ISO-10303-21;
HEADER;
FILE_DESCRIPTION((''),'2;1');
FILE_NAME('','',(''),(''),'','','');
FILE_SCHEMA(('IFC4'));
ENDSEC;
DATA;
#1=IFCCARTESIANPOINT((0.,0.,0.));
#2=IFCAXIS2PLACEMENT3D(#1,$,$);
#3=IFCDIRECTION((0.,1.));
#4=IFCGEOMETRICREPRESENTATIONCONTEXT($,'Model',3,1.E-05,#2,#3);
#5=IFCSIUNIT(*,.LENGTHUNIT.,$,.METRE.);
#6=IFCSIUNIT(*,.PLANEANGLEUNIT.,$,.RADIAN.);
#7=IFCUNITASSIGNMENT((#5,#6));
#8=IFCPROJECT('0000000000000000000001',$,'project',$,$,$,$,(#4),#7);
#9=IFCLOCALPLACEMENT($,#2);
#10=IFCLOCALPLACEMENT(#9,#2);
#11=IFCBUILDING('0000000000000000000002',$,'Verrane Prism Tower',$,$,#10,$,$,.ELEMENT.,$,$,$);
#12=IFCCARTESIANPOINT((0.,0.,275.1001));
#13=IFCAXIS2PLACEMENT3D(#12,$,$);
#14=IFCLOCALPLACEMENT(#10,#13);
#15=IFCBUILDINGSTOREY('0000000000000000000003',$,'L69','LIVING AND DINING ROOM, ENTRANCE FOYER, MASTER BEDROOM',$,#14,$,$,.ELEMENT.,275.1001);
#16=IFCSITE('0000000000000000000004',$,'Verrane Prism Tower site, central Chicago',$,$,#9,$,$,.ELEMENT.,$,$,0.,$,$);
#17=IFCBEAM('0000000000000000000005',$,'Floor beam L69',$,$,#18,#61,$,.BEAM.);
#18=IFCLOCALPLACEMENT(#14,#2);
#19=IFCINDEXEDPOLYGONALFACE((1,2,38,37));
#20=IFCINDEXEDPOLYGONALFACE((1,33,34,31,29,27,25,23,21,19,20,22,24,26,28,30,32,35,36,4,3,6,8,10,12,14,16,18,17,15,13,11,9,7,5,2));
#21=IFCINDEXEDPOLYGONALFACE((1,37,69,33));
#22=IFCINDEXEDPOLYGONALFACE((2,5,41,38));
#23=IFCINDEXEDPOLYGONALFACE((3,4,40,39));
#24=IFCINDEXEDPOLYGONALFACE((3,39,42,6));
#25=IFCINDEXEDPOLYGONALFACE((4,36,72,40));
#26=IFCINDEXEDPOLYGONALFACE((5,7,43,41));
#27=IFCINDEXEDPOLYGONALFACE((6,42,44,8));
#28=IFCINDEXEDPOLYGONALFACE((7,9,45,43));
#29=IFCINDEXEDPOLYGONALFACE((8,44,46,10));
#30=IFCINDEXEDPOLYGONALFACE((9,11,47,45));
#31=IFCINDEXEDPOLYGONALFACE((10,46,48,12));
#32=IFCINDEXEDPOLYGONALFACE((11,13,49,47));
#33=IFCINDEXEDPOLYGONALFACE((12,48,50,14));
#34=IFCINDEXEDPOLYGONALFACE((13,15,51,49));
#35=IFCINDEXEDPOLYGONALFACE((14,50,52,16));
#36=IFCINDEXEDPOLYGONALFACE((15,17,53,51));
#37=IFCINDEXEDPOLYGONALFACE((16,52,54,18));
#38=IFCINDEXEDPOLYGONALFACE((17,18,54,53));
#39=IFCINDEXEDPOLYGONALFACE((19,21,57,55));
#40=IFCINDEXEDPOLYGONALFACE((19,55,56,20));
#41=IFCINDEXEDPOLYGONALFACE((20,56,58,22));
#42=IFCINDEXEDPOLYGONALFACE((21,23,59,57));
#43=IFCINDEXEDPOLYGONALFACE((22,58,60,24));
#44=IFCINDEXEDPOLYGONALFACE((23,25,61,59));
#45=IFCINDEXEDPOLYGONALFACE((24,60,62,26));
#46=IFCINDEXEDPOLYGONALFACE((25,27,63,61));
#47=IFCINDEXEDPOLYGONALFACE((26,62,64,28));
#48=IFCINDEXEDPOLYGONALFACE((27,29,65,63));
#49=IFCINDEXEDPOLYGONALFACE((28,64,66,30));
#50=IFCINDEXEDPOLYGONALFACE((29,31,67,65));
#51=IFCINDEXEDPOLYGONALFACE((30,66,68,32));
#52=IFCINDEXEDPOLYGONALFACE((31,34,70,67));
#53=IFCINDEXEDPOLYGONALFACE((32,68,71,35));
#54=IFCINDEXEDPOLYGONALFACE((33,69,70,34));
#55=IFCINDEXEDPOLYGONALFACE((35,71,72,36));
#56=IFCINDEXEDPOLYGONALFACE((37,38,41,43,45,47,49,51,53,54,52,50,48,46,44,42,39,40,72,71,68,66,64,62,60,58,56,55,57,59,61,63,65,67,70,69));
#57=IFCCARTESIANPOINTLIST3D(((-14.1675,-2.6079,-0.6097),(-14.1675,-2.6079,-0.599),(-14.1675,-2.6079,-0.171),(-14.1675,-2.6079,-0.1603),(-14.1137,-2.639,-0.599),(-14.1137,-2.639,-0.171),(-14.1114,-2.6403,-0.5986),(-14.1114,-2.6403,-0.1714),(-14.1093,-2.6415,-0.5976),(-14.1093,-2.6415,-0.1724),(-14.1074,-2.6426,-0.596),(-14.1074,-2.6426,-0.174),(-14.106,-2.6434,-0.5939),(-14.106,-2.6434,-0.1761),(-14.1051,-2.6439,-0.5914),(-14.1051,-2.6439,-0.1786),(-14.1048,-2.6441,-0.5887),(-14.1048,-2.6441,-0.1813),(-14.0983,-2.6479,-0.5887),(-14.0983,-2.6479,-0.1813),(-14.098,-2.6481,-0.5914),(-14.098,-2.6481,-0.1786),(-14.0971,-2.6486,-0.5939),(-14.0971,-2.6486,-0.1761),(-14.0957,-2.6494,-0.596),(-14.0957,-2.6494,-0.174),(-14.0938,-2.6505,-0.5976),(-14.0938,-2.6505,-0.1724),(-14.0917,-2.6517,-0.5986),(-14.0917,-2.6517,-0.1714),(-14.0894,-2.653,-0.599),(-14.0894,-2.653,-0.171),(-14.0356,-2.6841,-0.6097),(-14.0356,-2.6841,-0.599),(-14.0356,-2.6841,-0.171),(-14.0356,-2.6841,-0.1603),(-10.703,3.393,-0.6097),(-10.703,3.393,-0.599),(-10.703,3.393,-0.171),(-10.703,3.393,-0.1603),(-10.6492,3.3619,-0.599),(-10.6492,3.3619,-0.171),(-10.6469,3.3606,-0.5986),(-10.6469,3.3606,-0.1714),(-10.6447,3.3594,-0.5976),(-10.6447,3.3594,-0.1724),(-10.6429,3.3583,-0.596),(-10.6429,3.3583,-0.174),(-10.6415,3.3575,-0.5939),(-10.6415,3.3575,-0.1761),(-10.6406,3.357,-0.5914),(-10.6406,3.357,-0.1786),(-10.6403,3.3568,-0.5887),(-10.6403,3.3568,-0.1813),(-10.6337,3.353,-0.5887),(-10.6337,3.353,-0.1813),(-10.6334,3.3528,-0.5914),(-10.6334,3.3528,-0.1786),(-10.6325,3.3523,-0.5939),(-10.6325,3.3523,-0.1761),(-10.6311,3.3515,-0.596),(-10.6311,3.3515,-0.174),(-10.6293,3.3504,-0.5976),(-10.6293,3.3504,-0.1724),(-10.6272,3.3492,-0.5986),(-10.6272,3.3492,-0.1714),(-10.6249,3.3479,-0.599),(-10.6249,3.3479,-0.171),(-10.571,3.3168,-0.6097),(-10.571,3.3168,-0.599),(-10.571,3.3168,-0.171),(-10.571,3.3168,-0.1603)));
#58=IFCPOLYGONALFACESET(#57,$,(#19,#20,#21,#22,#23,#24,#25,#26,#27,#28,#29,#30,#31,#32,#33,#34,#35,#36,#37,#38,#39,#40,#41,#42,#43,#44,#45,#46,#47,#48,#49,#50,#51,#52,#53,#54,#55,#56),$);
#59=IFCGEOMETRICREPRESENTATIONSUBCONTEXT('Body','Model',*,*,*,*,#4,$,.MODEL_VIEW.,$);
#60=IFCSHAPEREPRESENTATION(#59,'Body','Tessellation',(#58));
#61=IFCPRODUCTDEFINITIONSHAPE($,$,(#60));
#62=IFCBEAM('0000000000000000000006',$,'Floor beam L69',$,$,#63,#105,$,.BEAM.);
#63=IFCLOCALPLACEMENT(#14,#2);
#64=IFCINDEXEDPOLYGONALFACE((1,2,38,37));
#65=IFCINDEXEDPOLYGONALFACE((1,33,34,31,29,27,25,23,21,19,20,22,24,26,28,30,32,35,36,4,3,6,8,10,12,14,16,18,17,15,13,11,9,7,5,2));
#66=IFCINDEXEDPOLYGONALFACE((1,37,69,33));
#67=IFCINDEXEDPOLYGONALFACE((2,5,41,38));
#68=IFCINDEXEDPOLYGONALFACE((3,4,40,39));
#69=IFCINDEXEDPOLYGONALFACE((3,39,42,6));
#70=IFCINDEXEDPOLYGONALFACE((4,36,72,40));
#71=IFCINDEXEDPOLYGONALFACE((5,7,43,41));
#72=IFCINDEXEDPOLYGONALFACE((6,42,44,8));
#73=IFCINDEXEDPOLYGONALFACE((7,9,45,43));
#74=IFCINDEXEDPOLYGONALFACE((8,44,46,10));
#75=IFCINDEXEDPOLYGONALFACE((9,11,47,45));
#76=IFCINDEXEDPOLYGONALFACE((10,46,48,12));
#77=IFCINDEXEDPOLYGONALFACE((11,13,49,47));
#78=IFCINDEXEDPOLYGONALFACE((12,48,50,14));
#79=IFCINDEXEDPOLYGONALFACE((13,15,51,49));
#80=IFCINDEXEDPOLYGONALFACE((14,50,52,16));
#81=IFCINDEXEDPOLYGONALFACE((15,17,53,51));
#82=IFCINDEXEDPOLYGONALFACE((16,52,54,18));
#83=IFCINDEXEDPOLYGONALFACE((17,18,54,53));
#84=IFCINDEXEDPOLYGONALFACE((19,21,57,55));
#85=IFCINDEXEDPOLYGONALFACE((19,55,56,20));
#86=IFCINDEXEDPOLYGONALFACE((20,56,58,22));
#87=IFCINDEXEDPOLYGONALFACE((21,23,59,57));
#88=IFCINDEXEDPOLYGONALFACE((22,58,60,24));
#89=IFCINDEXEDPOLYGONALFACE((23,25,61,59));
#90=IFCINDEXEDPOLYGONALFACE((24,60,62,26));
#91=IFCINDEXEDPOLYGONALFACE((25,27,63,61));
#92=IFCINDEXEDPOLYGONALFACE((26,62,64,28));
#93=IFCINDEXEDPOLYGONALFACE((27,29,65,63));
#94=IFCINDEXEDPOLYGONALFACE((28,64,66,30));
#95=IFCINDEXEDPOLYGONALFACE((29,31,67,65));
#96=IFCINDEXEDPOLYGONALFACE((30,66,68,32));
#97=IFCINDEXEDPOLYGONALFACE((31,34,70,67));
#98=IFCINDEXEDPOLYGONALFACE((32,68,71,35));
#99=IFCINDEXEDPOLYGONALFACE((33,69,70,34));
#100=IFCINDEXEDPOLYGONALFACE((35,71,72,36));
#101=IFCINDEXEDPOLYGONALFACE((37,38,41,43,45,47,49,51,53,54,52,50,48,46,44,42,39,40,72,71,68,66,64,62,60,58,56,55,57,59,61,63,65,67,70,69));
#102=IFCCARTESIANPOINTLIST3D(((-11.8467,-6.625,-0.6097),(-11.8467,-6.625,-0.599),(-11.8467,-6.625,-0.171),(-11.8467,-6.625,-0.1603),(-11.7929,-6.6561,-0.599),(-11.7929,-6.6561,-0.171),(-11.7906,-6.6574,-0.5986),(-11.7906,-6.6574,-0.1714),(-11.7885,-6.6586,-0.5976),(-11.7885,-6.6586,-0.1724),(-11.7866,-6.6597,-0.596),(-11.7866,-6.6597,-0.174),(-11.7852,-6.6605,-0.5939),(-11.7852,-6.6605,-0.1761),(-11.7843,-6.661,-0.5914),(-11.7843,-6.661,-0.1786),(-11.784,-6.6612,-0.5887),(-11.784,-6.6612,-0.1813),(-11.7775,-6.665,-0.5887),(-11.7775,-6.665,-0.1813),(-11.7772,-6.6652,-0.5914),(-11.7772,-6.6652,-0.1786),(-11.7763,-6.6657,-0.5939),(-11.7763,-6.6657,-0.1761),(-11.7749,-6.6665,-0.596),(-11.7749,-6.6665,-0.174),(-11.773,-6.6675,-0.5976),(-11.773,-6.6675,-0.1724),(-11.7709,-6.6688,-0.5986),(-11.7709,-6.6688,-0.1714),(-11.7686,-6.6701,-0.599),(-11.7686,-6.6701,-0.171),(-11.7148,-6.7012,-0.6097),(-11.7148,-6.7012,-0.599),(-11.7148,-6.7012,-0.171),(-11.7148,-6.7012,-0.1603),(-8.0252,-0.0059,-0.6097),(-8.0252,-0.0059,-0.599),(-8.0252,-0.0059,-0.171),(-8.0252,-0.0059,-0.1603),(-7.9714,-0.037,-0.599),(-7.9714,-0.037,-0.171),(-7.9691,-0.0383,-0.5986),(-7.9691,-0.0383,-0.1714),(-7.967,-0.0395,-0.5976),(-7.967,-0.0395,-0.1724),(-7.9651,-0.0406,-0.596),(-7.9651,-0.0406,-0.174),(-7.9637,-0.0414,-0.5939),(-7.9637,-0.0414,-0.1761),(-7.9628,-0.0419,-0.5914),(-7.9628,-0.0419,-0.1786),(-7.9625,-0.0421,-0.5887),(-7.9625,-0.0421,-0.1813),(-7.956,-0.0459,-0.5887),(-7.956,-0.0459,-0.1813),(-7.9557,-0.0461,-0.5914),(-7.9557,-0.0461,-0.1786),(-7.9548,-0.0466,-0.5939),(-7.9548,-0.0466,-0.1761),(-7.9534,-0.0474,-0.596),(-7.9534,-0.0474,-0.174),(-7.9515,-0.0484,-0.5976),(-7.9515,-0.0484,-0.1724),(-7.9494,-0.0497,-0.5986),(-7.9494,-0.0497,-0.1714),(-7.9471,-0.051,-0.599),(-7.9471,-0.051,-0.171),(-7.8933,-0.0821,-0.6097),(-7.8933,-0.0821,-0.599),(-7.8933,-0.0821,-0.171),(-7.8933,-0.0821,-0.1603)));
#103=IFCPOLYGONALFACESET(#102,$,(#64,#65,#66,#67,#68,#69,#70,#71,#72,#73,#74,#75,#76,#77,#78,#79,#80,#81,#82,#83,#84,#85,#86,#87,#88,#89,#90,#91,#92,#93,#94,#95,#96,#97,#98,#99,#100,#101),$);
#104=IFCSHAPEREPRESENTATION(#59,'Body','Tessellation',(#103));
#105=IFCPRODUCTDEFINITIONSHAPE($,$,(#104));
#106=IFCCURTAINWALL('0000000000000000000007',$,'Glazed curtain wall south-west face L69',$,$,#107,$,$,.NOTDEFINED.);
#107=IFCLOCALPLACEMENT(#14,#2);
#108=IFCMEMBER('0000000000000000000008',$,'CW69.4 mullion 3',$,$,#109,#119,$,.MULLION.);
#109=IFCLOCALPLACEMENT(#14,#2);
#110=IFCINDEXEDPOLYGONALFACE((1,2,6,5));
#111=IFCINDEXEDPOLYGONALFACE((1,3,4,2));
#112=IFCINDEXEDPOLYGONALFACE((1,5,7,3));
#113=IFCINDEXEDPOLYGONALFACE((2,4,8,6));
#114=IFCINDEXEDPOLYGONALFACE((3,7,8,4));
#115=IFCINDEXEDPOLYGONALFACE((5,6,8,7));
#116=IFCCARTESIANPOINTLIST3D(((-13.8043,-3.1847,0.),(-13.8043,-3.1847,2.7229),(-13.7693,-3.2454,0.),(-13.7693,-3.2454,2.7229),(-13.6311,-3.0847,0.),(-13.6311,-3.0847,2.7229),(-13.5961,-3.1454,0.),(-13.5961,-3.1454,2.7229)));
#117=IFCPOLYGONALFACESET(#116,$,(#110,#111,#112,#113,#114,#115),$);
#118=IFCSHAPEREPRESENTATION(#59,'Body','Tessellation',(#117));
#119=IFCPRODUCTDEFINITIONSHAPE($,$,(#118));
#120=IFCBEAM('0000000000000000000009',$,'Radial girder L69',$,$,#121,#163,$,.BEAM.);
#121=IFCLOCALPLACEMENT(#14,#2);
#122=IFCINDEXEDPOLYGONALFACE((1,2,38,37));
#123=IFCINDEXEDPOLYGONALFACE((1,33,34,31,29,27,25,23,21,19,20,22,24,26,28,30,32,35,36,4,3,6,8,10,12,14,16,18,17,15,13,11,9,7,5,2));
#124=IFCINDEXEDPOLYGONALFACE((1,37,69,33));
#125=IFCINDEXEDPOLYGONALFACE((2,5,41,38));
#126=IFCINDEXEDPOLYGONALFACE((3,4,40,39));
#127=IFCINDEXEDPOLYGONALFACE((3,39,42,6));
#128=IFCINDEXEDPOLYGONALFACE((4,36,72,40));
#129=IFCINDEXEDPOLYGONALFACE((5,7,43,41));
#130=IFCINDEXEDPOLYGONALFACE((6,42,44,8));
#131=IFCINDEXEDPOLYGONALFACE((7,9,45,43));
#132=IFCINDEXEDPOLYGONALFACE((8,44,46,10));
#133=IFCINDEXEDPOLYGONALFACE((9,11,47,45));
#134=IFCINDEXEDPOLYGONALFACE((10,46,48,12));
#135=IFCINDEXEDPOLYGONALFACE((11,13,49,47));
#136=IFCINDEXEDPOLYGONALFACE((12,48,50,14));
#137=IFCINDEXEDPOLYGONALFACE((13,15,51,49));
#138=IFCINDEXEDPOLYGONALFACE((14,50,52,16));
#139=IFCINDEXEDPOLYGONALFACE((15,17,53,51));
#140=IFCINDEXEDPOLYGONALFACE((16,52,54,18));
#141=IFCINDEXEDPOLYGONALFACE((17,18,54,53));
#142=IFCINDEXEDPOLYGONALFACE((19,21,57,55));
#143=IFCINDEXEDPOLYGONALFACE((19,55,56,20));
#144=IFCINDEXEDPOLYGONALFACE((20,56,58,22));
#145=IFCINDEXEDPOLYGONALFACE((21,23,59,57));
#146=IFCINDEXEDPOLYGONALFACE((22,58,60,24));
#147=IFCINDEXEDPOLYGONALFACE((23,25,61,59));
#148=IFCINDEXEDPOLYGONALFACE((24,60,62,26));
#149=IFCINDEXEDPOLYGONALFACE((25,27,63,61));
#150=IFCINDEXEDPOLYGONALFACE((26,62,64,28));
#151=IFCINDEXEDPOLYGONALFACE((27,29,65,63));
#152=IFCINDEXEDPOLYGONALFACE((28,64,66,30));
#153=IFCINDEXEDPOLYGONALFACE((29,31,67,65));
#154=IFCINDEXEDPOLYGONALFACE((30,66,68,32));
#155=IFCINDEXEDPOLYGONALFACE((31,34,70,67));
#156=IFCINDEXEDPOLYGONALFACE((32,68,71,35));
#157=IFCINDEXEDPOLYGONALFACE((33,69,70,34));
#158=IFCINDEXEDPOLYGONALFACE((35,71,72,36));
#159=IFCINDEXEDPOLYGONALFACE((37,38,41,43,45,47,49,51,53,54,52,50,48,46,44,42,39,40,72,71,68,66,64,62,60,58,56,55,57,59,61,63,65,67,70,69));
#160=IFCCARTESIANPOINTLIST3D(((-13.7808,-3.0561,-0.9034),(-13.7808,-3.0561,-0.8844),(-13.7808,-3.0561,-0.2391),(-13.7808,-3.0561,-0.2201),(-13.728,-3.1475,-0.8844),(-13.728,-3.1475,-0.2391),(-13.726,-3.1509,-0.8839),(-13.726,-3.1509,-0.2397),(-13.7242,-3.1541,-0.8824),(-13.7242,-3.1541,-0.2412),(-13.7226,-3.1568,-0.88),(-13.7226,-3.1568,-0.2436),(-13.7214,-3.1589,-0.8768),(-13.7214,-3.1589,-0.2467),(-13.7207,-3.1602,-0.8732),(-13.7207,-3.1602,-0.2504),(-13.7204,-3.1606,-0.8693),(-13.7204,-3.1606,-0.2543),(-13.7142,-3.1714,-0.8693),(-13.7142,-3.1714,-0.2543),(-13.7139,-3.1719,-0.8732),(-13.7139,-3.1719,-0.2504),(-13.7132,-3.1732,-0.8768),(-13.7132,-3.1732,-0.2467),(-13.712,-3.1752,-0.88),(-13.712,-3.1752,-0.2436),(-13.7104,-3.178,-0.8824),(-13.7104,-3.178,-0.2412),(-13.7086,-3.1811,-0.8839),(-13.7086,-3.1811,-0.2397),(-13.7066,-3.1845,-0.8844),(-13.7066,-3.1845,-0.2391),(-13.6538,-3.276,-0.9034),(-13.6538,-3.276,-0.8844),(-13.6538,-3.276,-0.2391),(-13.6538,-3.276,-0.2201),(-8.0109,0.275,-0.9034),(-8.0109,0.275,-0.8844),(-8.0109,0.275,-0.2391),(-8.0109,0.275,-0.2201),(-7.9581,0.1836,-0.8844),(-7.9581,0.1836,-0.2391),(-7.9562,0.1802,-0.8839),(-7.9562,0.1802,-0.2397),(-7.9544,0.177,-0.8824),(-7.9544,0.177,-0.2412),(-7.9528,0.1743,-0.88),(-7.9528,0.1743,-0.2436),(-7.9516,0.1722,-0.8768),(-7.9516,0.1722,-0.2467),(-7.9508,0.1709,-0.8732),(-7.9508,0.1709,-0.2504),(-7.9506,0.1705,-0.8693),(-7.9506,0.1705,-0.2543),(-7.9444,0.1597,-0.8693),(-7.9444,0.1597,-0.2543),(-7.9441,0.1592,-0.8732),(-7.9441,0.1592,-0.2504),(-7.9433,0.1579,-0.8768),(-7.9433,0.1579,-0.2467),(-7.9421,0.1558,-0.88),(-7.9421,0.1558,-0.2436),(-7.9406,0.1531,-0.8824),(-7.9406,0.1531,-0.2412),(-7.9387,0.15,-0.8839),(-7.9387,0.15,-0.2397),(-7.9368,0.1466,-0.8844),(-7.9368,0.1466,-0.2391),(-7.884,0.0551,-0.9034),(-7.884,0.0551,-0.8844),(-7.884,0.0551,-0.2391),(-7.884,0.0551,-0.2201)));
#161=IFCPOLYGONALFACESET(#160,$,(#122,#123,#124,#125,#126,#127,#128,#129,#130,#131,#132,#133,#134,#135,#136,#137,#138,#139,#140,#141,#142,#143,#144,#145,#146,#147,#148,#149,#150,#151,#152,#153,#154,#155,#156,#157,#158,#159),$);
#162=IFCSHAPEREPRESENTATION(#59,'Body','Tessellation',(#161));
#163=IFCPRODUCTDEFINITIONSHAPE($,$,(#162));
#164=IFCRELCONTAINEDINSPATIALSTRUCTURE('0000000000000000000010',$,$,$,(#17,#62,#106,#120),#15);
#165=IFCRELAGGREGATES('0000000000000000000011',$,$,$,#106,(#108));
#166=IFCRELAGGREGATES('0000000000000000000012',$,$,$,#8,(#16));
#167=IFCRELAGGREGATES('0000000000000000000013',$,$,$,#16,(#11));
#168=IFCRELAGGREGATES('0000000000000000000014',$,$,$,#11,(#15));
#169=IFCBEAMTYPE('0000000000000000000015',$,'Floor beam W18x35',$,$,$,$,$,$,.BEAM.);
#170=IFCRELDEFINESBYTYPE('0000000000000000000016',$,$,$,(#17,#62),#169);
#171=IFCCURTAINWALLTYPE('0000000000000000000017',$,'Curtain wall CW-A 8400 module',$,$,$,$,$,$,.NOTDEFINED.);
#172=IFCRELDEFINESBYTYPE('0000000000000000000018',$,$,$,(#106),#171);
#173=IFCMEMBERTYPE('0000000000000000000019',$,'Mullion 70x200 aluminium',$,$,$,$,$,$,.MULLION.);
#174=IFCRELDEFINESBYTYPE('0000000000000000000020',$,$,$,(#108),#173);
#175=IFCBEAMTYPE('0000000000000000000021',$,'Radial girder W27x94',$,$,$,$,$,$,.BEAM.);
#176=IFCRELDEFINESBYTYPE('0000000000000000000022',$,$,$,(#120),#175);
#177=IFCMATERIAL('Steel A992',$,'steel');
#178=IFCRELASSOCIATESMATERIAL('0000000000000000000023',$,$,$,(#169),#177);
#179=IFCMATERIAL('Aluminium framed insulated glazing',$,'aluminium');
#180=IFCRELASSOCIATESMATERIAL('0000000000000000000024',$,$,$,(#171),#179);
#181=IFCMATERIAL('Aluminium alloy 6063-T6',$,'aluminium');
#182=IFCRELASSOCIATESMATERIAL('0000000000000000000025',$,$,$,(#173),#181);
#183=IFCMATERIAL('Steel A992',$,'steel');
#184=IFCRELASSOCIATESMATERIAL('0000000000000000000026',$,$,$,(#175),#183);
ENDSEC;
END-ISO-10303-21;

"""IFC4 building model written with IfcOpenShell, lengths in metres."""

from ifc_helpers import new_model, si_unit, direction, frame, origin, origin_2d, place, context, subcontext, project, spatial, rectangle, i_section, extrude, material, material_profile, profile_set, type_object, element, aggregate, save


model = new_model("IFC4")

# Units and contexts
model_context = context("Model", 3, precision=1e-05, world=origin(), true_north=direction((0.0, 1.0)))
body_context = subcontext(model_context, "Body", "Model", "MODEL_VIEW")
ifc_project = project(units=[si_unit("LENGTHUNIT", "METRE"), si_unit("PLANEANGLEUNIT", "RADIAN")], contexts=[model_context])

# Site, building, storey
site_placement = place(None, origin())
site = spatial("IfcSite", under=ifc_project, at=site_placement, Name="Verrane Prism Tower site, central Chicago", CompositionType="ELEMENT", RefElevation=0.0)
building_placement = place(site_placement, origin())
building = spatial("IfcBuilding", under=site, at=building_placement, Name="Verrane Prism Tower", CompositionType="ELEMENT")
storey_placement = place(building_placement, frame((0.0, 0.0, 275.1001)))
storey = spatial("IfcBuildingStorey", under=building, at=storey_placement, Name="L69", Description="LIVING AND DINING ROOM, ENTRANCE FOYER, MASTER BEDROOM", CompositionType="ELEMENT", Elevation=275.1001)

# Beams
ifc_material_1 = material(Name="Steel A992", Category="steel")
ifc_material_profile_1 = material_profile(ifc_material_1, i_section(OverallWidth=0.1523, OverallDepth=0.4495, WebThickness=0.0076, FlangeThickness=0.0107, FilletRadius=0.0103, at=origin_2d()), Name="W18x35")
ifc_profile_set_1 = profile_set([ifc_material_profile_1], Name="Steel A992")
beam_type_1 = type_object("IfcBeamType", Name="Floor beam W18x35", PredefinedType="BEAM", material=ifc_profile_set_1)
beam_1_placement = place(storey_placement, frame((-14.1016, -2.646, -0.385), z_axis=(0.499993, 0.86603, 0.0), x_axis=(-0.86603, 0.499993, 0.0)))
element("IfcBeam", 1, at=beam_1_placement, inside=storey, type_object=beam_type_1, Name="Floor beam L69", PredefinedType="BEAM", context=body_context, shape_type="SweptSolid", body=[
    extrude(i_section(OverallWidth=0.1523, OverallDepth=0.4495, WebThickness=0.0076, FlangeThickness=0.0107, FilletRadius=0.0103, at=origin_2d()), origin(), (0.0, 0.0, 1.0), 6.9292),
])
beam_2_placement = place(storey_placement, frame((-11.7808, -6.6631, -0.385), z_axis=(0.499997, 0.866027, 0.0), x_axis=(-0.866027, 0.499997, 0.0)))
element("IfcBeam", 2, at=beam_2_placement, inside=storey, type_object=beam_type_1, Name="Floor beam L69", PredefinedType="BEAM", context=body_context, shape_type="SweptSolid", body=[
    extrude(i_section(OverallWidth=0.1523, OverallDepth=0.4495, WebThickness=0.0076, FlangeThickness=0.0107, FilletRadius=0.0103, at=origin_2d()), origin(), (0.0, 0.0, 1.0), 7.6431),
])

# Curtain wall, member
ifc_material_2 = material(Name="Aluminium framed insulated glazing", Category="aluminium")
curtain_wall_type = type_object("IfcCurtainWallType", Name="Curtain wall CW-A 8400 module", PredefinedType="NOTDEFINED", material=ifc_material_2)
curtain_wall_placement = place(storey_placement, origin())
curtain_wall = element("IfcCurtainWall", 3, at=curtain_wall_placement, inside=storey, type_object=curtain_wall_type, Name="Glazed curtain wall south-west face L69", PredefinedType="NOTDEFINED")
ifc_material_3 = material(Name="Aluminium alloy 6063-T6", Category="aluminium")
ifc_material_profile_2 = material_profile(ifc_material_3, rectangle(XDim=0.2, YDim=0.0701, at=origin_2d()), Name="Mullion 70x200 aluminium")
ifc_profile_set_2 = profile_set([ifc_material_profile_2], Name="Aluminium alloy 6063-T6")
member_type_1 = type_object("IfcMemberType", Name="Mullion 70x200 aluminium", PredefinedType="MULLION", material=ifc_profile_set_2)
member_1_placement = place(storey_placement, frame((-13.7002, -3.165, 0.0), z_axis=(0.0, 0.0, 1.0), x_axis=(0.866025, 0.500001, 0.0)))
member_1 = element("IfcMember", 4, at=member_1_placement, type_object=member_type_1, Name="CW69.4 mullion 3", PredefinedType="MULLION", context=body_context, shape_type="SweptSolid", body=[
    extrude(rectangle(XDim=0.2, YDim=0.0701, at=origin_2d()), origin(), (0.0, 0.0, 1.0), 2.7229),
])

# Beam
ifc_material_4 = material(Name="Steel A992", Category="steel")
ifc_material_profile_3 = material_profile(ifc_material_4, i_section(OverallWidth=0.2539, OverallDepth=0.6833, WebThickness=0.0125, FlangeThickness=0.019, FilletRadius=0.0151, at=origin_2d()), Name="W27x94")
ifc_profile_set_3 = profile_set([ifc_material_profile_3], Name="Steel A992")
beam_type_2 = type_object("IfcBeamType", Name="Radial girder W27x94", PredefinedType="BEAM", material=ifc_profile_set_3)
beam_3_placement = place(storey_placement, frame((-13.7173, -3.166, -0.5618), z_axis=(0.866034, 0.499986, 0.0), x_axis=(-0.499986, 0.866034, 0.0)))
element("IfcBeam", 5, at=beam_3_placement, inside=storey, type_object=beam_type_2, Name="Radial girder L69", PredefinedType="BEAM", context=body_context, shape_type="SweptSolid", body=[
    extrude(i_section(OverallWidth=0.2539, OverallDepth=0.6833, WebThickness=0.0125, FlangeThickness=0.019, FilletRadius=0.0151, at=origin_2d()), origin(), (0.0, 0.0, 1.0), 6.6624),
])

aggregate(curtain_wall, [member_1])

save(model, "model.ifc")
